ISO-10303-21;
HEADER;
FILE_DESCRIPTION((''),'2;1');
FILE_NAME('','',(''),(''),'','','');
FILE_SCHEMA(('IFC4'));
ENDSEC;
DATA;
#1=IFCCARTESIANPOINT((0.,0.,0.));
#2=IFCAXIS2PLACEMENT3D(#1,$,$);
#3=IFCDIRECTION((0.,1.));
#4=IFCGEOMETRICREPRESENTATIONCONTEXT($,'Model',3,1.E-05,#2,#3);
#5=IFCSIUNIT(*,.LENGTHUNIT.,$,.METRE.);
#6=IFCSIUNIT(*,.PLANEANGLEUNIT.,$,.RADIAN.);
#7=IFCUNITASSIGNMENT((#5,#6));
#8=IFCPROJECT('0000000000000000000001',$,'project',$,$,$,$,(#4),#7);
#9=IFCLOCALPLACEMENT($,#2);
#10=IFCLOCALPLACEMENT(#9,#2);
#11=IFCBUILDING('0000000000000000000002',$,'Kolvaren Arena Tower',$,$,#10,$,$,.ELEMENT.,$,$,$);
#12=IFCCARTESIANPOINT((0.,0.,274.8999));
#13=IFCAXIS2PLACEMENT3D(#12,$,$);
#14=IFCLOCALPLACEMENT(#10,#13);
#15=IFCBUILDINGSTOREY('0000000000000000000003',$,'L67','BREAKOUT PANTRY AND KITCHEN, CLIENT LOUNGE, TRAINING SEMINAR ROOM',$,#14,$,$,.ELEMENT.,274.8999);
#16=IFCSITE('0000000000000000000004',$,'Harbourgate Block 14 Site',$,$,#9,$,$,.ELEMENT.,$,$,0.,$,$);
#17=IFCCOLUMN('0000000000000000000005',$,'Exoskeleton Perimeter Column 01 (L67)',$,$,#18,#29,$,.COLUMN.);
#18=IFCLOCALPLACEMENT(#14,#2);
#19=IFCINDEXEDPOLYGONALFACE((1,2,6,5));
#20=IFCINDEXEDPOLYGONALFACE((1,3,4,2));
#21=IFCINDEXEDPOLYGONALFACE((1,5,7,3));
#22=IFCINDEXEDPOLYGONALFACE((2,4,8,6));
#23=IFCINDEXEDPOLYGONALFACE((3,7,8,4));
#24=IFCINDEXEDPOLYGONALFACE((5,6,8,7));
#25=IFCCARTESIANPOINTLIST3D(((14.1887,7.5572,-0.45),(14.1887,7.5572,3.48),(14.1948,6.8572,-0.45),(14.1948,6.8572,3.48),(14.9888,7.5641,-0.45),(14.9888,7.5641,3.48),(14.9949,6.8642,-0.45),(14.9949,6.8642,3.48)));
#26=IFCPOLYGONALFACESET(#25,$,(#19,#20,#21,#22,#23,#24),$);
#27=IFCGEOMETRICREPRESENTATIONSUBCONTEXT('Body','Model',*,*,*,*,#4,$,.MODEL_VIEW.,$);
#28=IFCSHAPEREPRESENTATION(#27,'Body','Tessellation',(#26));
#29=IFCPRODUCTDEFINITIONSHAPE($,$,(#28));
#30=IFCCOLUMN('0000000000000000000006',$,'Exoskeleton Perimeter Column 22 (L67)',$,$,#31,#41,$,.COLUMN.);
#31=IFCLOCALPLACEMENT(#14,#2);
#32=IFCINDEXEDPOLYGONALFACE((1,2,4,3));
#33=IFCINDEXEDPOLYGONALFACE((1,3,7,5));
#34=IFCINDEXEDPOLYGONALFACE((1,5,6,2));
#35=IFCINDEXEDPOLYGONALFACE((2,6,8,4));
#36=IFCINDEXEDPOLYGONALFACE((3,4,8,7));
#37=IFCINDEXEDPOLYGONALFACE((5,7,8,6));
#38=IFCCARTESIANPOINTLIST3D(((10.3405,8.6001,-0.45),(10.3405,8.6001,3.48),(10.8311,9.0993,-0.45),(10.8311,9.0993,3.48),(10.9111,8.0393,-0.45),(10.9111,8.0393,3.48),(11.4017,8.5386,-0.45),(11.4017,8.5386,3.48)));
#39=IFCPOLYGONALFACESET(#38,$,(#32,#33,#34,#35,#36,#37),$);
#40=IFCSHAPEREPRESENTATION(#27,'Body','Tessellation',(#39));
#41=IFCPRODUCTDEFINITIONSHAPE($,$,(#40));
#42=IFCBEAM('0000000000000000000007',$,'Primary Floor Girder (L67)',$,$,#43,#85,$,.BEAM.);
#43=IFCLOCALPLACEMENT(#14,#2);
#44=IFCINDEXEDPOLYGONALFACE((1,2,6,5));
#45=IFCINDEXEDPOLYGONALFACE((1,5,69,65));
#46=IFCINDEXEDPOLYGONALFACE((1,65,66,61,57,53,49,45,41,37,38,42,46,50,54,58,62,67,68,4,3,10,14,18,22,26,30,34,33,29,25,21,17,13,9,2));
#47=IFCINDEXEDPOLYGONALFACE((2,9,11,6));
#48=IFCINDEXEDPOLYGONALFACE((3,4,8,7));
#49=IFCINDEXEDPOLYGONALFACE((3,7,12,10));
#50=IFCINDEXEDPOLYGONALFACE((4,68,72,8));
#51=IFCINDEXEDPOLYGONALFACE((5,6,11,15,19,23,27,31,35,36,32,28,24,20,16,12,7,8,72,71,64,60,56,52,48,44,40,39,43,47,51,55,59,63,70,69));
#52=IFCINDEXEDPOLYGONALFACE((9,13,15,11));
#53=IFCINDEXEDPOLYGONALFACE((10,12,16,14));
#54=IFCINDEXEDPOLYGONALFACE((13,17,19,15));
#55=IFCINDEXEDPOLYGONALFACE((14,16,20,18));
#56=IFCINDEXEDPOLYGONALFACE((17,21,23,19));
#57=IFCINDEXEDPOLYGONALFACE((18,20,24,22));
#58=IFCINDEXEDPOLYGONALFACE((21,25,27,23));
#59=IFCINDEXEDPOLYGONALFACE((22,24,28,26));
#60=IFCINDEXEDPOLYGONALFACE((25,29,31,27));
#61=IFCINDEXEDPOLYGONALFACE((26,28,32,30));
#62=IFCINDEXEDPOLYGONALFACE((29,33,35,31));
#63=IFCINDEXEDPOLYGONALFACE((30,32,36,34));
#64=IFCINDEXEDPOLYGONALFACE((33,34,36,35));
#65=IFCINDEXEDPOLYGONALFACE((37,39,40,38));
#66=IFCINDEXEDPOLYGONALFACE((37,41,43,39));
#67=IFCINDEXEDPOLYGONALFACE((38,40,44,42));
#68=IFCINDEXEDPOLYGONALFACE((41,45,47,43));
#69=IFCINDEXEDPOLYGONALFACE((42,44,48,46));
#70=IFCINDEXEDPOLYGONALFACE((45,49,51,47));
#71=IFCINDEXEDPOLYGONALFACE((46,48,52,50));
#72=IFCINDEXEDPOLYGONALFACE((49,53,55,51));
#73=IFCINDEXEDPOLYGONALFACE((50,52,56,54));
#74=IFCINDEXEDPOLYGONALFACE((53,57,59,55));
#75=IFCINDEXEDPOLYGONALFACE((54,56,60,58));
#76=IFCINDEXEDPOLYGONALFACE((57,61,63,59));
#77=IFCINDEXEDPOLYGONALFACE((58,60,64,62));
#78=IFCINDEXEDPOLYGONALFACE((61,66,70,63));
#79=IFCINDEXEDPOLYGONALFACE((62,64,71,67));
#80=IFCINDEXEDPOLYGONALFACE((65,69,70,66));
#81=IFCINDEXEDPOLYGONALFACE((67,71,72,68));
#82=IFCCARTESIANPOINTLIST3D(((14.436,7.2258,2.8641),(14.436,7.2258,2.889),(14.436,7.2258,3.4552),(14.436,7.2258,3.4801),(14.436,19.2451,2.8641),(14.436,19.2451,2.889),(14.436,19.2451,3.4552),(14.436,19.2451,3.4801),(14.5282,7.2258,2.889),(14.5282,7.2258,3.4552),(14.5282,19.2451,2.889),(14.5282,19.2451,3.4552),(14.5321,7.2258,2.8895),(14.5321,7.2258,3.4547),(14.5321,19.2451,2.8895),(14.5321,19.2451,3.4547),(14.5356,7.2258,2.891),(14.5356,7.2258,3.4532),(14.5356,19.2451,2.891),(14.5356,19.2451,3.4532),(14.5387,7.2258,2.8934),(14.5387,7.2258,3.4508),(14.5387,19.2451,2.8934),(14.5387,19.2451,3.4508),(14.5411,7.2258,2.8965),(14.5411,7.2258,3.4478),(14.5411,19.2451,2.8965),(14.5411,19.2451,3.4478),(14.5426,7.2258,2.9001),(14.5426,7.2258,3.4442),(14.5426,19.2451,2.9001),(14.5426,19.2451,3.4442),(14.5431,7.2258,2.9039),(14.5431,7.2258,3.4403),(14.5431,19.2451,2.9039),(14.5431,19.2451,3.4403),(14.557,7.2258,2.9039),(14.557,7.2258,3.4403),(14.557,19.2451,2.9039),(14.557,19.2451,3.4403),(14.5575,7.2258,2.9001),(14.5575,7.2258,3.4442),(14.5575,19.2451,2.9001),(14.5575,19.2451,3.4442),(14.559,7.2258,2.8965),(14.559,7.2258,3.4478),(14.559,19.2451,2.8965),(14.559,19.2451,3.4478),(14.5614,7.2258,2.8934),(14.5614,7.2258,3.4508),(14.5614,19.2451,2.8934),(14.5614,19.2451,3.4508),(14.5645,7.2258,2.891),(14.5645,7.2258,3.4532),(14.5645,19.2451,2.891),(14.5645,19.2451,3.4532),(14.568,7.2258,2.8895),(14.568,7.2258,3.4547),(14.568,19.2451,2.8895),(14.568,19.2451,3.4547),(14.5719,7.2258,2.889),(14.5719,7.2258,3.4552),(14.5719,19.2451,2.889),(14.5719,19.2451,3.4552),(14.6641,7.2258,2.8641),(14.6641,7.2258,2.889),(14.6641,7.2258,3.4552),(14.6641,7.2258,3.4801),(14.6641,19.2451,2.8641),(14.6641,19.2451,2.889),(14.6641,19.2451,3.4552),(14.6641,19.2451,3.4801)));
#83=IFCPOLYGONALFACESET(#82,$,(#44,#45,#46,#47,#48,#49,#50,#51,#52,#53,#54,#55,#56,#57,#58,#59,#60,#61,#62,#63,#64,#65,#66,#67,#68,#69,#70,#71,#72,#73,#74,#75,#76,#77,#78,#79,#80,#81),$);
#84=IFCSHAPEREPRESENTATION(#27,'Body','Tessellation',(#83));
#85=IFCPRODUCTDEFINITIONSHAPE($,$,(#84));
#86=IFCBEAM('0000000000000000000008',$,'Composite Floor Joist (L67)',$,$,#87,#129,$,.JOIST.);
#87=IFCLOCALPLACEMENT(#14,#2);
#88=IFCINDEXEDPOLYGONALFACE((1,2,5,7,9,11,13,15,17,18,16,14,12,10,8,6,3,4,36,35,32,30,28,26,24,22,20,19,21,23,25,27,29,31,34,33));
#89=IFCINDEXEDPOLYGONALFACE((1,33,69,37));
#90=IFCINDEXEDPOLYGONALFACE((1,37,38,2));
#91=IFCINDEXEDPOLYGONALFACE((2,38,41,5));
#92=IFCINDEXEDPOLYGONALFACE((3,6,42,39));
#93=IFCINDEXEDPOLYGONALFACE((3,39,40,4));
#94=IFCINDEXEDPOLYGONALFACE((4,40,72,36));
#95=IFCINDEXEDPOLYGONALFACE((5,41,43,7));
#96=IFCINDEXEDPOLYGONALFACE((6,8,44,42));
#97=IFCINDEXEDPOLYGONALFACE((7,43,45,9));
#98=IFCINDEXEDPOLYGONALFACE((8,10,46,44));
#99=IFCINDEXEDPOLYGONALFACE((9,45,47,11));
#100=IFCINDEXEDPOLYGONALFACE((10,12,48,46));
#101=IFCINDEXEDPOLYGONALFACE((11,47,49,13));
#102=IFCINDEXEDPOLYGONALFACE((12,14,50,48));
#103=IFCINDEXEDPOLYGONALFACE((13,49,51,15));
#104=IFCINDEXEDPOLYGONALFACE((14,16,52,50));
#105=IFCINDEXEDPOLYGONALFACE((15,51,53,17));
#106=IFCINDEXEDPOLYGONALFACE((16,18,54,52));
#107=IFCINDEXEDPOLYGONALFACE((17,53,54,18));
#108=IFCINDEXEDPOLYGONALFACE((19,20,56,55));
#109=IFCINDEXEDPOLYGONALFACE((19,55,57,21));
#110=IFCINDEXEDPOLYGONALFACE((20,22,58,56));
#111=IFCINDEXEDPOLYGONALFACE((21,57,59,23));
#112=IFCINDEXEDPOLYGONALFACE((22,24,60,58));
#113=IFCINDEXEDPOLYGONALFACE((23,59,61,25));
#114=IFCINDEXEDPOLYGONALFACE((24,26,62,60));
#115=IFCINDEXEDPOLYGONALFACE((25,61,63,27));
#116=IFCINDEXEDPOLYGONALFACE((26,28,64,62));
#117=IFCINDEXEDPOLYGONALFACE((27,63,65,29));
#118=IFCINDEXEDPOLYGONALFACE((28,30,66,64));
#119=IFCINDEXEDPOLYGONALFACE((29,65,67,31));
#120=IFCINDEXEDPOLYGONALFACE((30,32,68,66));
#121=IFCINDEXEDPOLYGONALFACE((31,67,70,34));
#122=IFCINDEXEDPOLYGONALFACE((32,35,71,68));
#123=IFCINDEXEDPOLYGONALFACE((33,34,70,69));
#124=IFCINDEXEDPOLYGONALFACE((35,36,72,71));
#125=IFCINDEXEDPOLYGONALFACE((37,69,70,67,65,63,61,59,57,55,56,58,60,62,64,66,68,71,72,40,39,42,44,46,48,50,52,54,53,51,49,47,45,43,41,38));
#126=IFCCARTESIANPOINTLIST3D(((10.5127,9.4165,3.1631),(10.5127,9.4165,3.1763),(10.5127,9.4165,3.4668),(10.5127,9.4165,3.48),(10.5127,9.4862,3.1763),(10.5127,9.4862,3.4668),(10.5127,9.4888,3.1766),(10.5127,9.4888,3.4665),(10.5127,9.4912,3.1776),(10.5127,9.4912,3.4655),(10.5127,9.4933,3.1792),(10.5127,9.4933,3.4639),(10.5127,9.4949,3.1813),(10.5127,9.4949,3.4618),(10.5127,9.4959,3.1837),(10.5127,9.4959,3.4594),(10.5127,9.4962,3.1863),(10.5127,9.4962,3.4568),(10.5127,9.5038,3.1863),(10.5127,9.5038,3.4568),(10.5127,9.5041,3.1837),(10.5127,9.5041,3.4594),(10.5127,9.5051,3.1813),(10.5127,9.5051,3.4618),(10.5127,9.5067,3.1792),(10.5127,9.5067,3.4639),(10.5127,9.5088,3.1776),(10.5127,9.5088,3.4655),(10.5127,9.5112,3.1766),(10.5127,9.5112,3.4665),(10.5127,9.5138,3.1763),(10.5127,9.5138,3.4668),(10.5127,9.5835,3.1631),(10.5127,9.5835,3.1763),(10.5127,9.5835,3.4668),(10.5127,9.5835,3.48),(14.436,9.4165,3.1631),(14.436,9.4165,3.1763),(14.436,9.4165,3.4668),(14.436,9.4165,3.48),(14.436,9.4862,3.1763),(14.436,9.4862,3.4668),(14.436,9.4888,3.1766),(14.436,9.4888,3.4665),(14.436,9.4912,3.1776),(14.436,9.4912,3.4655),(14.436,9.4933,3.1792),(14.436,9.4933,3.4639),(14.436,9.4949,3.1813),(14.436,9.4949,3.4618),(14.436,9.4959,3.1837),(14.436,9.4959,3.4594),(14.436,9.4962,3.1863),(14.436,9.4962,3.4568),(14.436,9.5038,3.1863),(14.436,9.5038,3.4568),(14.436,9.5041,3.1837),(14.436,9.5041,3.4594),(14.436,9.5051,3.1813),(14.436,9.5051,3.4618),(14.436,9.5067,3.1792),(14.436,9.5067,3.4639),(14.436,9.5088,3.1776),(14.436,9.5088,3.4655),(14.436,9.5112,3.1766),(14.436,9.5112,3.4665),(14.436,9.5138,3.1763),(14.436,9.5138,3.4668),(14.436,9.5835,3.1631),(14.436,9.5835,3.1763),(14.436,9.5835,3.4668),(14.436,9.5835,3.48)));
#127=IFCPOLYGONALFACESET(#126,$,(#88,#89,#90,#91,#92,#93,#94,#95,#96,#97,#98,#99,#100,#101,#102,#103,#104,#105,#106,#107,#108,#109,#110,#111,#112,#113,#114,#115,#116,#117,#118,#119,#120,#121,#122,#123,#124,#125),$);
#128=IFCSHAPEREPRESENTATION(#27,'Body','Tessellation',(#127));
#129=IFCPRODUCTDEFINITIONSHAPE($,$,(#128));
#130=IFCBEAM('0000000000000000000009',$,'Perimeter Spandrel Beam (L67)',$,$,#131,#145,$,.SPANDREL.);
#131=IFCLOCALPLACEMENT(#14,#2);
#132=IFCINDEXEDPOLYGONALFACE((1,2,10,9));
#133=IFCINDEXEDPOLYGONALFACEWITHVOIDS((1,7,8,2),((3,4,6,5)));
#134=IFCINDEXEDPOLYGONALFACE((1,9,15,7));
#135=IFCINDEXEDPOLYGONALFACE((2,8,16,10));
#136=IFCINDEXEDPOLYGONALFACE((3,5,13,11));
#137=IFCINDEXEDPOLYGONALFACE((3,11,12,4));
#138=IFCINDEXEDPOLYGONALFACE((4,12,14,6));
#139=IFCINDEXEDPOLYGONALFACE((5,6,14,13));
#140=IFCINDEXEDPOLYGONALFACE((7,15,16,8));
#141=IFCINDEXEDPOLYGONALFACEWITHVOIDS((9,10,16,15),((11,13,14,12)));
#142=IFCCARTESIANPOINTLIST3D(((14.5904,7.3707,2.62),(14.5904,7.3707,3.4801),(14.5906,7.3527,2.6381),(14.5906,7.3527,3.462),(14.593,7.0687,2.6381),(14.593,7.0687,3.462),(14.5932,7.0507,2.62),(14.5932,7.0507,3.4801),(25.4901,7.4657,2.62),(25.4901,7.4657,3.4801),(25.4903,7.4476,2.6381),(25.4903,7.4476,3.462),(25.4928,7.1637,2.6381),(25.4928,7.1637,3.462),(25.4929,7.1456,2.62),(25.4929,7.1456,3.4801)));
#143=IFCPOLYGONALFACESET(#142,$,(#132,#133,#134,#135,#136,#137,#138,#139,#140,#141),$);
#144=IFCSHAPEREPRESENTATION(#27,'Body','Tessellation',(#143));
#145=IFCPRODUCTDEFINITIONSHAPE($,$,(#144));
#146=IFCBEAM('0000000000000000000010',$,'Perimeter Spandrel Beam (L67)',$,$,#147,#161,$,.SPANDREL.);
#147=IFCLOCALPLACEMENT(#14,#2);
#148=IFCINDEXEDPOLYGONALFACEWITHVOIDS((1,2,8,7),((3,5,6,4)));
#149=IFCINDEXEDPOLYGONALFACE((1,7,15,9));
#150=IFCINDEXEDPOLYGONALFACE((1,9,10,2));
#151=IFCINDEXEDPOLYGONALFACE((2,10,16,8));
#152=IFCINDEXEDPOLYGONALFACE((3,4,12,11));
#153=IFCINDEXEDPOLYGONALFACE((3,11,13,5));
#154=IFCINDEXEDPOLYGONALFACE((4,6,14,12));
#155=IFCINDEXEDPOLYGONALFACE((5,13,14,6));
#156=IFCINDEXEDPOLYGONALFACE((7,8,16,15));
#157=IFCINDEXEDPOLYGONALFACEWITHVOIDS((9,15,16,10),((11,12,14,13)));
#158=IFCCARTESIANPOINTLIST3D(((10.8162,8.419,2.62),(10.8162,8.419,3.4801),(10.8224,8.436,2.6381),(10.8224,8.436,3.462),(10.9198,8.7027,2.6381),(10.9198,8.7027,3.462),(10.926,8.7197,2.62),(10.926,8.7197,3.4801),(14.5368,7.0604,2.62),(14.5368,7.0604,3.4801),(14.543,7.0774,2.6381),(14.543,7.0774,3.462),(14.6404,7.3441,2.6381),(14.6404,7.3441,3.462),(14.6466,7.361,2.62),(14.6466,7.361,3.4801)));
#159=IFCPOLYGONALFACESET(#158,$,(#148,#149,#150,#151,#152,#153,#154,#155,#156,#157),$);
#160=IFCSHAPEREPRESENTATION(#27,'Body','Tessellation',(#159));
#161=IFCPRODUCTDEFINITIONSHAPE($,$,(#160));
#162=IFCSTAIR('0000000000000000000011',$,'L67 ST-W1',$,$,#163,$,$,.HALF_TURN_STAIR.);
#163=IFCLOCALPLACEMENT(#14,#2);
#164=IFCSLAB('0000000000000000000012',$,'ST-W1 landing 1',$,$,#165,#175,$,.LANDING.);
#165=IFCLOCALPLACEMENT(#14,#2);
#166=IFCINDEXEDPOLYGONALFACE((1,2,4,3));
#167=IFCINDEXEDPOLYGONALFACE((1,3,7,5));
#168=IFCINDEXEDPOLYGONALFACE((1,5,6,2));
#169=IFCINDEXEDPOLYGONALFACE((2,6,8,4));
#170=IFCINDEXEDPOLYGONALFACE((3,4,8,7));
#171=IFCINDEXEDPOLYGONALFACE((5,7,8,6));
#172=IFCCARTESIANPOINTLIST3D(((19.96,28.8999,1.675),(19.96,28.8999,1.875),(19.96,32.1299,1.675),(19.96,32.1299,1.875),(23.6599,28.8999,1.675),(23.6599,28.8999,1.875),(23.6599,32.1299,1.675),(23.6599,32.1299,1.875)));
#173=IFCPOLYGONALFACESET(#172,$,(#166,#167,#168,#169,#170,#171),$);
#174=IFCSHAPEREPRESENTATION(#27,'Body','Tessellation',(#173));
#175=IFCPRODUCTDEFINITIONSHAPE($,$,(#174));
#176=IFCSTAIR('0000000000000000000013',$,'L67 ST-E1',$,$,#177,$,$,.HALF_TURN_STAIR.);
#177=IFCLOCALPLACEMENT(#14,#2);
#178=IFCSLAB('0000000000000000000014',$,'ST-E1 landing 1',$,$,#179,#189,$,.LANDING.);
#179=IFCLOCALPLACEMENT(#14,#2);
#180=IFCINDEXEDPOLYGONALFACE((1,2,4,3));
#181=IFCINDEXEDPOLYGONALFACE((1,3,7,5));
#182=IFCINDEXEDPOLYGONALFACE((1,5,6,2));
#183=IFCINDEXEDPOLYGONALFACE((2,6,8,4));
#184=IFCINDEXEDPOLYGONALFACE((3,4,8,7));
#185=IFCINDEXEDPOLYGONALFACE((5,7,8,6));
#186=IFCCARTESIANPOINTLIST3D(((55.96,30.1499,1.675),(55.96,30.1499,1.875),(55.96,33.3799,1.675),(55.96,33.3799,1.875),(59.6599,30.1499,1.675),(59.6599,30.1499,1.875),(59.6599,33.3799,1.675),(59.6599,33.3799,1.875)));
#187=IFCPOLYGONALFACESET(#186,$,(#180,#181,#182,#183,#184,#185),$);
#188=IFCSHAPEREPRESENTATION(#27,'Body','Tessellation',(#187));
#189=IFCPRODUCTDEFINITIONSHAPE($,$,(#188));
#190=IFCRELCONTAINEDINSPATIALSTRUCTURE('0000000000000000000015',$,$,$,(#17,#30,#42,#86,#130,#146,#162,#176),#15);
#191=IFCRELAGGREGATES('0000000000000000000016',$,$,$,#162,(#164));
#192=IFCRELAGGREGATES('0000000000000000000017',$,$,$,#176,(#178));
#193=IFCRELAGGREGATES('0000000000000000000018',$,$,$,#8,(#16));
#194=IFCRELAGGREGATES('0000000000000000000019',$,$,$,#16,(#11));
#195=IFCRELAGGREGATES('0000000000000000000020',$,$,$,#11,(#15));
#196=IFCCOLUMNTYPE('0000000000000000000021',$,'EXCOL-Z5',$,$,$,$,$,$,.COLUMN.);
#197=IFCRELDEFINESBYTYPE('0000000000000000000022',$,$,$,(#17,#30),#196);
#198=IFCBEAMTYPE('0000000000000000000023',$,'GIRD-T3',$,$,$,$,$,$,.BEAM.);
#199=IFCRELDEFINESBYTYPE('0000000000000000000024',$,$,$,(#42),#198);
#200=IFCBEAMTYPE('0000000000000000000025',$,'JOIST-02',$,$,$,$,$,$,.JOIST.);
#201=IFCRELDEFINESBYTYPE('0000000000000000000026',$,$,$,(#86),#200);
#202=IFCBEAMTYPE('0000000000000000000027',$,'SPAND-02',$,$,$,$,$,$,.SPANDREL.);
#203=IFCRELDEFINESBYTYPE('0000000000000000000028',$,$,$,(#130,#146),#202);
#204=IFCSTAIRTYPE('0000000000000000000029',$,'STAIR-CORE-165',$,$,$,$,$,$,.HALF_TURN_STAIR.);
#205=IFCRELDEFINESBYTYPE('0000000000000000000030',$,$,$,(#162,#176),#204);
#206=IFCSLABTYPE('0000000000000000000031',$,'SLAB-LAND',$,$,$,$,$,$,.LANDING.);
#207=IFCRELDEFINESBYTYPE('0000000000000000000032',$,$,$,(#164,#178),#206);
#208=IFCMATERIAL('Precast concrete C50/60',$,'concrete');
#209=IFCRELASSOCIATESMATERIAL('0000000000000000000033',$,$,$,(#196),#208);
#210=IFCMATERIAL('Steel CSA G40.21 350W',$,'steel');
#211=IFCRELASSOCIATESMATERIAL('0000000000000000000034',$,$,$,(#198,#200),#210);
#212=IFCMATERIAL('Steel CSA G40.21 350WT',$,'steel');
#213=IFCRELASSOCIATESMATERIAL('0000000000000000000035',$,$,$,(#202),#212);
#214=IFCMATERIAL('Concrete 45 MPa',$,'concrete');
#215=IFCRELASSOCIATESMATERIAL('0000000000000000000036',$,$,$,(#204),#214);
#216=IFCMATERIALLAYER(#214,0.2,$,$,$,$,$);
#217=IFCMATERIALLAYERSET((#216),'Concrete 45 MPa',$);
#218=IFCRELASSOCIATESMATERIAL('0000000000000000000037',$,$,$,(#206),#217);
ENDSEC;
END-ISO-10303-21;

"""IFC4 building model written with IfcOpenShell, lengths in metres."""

from ifc_helpers import new_model, si_unit, direction, frame, origin, origin_2d, place, context, subcontext, project, spatial, polyline, rectangle, hollow_rectangle, i_section, outline, extrude, material, layer, layer_set, material_profile, profile_set, type_object, element, aggregate, save


model = new_model("IFC4")

# Units and contexts
model_context = context("Model", 3, precision=1e-05, world=origin(), true_north=direction((0.0, 1.0)))
body_context = subcontext(model_context, "Body", "Model", "MODEL_VIEW")
ifc_project = project(units=[si_unit("LENGTHUNIT", "METRE"), si_unit("PLANEANGLEUNIT", "RADIAN")], contexts=[model_context])

# Site, building, storey
site_placement = place(None, origin())
site = spatial("IfcSite", under=ifc_project, at=site_placement, Name="Harbourgate Block 14 Site", CompositionType="ELEMENT", RefElevation=0.0)
building_placement = place(site_placement, origin())
building = spatial("IfcBuilding", under=site, at=building_placement, Name="Kolvaren Arena Tower", CompositionType="ELEMENT")
storey_placement = place(building_placement, frame((0.0, 0.0, 274.8999)))
storey = spatial("IfcBuildingStorey", under=building, at=storey_placement, Name="L67", Description="BREAKOUT PANTRY AND KITCHEN, CLIENT LOUNGE, TRAINING SEMINAR ROOM", CompositionType="ELEMENT", Elevation=274.8999)

# Columns
ifc_material_1 = material(Name="Precast concrete C50/60", Category="concrete")
ifc_material_profile_1 = material_profile(ifc_material_1, rectangle(XDim=0.8, YDim=0.7, at=origin_2d()), Name="RC-800x700")
ifc_profile_set_1 = profile_set([ifc_material_profile_1], Name="Precast concrete C50/60")
column_type = type_object("IfcColumnType", Name="EXCOL-Z5", PredefinedType="COLUMN", material=ifc_profile_set_1)
for number, where, z_axis, x_axis, name in (
    (1, (14.5918, 7.2107, -0.45), (0.0, 0.0, 1.0), (0.999962, 0.008727, 0.0), "Exoskeleton Perimeter Column 01 (L67)"),
    (2, (10.8711, 8.5693, -0.45), (0.0, 0.0, 1.0), (-0.71325, 0.700909, 0.0), "Exoskeleton Perimeter Column 22 (L67)"),
):
    element("IfcColumn", number, at=place(storey_placement, frame(where, z_axis=z_axis, x_axis=x_axis)), inside=storey, type_object=column_type, Name=name, PredefinedType="COLUMN", context=body_context, shape_type="SweptSolid", body=[
        extrude(rectangle(XDim=0.8, YDim=0.7, at=origin_2d()), origin(), (0.0, 0.0, 1.0), 3.9299),
    ])

# Beams
ifc_material_2 = material(Name="Steel CSA G40.21 350W", Category="steel")
ifc_material_profile_2 = material_profile(ifc_material_2, i_section(OverallWidth=0.228, OverallDepth=0.616, WebThickness=0.0139, FlangeThickness=0.0249, FilletRadius=0.0149, at=origin_2d()), Name="W610x174")
ifc_profile_set_2 = profile_set([ifc_material_profile_2], Name="Steel CSA G40.21 350W")
beam_type_1 = type_object("IfcBeamType", Name="GIRD-T3", PredefinedType="BEAM", material=ifc_profile_set_2)
beam_1_placement = place(storey_placement, frame((14.55, 7.2258, 3.1721), z_axis=(0.0, 1.0, 0.0), x_axis=(-1.0, 0.0, 0.0)))
element("IfcBeam", 3, at=beam_1_placement, inside=storey, type_object=beam_type_1, Name="Primary Floor Girder (L67)", PredefinedType="BEAM", context=body_context, shape_type="SweptSolid", body=[
    extrude(i_section(OverallWidth=0.228, OverallDepth=0.616, WebThickness=0.0139, FlangeThickness=0.0249, FilletRadius=0.0149, at=origin_2d()), origin(), (0.0, 0.0, 1.0), 12.0193),
])
ifc_material_profile_3 = material_profile(ifc_material_2, i_section(OverallWidth=0.167, OverallDepth=0.3169, WebThickness=0.0076, FlangeThickness=0.0132, FilletRadius=0.01, at=origin_2d()), Name="W310x52")
ifc_profile_set_3 = profile_set([ifc_material_profile_3], Name="Steel CSA G40.21 350W")
beam_type_2 = type_object("IfcBeamType", Name="JOIST-02", PredefinedType="JOIST", material=ifc_profile_set_3)
beam_2_placement = place(storey_placement, frame((10.5127, 9.5, 3.3215), z_axis=(1.0, 0.0, 0.0), x_axis=(0.0, 1.0, 0.0)))
element("IfcBeam", 4, at=beam_2_placement, inside=storey, type_object=beam_type_2, Name="Composite Floor Joist (L67)", PredefinedType="JOIST", context=body_context, shape_type="SweptSolid", body=[
    extrude(i_section(OverallWidth=0.167, OverallDepth=0.3169, WebThickness=0.0076, FlangeThickness=0.0132, FilletRadius=0.01, at=origin_2d()), origin(), (0.0, 0.0, 1.0), 3.9233),
])
ifc_material_3 = material(Name="Steel CSA G40.21 350WT", Category="steel")
ifc_material_profile_4 = material_profile(ifc_material_3, hollow_rectangle(XDim=0.3201, YDim=0.8601, WallThickness=0.0181, at=origin_2d()), Name="HSS 860x320x18")
ifc_profile_set_4 = profile_set([ifc_material_profile_4], Name="Steel CSA G40.21 350WT")
beam_type_3 = type_object("IfcBeamType", Name="SPAND-02", PredefinedType="SPANDREL", material=ifc_profile_set_4)
beam_3_placement = place(storey_placement, frame((14.5918, 7.2107, 3.05), z_axis=(0.999962, 0.008713, 0.0), x_axis=(-0.008713, 0.999962, 0.0)))
element("IfcBeam", 5, at=beam_3_placement, inside=storey, type_object=beam_type_3, Name="Perimeter Spandrel Beam (L67)", PredefinedType="SPANDREL", context=body_context, shape_type="SweptSolid", body=[
    extrude(hollow_rectangle(XDim=0.3201, YDim=0.8601, WallThickness=0.0181, at=origin_2d()), origin(), (0.0, 0.0, 1.0), 10.9001),
])
beam_4_placement = place(storey_placement, frame((10.8711, 8.5693, 3.05), z_axis=(0.939334, -0.343005, 0.0), x_axis=(0.343005, 0.939334, 0.0)))
element("IfcBeam", 6, at=beam_4_placement, inside=storey, type_object=beam_type_3, Name="Perimeter Spandrel Beam (L67)", PredefinedType="SPANDREL", context=body_context, shape_type="SweptSolid", body=[
    extrude(hollow_rectangle(XDim=0.3201, YDim=0.8601, WallThickness=0.0181, at=origin_2d()), origin(), (0.0, 0.0, 1.0), 3.9609),
])

# Stairs, slabs
ifc_material_4 = material(Name="Concrete 45 MPa", Category="concrete")
stair_type_1 = type_object("IfcStairType", Name="STAIR-CORE-165", PredefinedType="HALF_TURN_STAIR", material=ifc_material_4)
stair_1_placement = place(storey_placement, origin())
stair_1 = element("IfcStair", 7, at=stair_1_placement, inside=storey, type_object=stair_type_1, Name="L67 ST-W1", PredefinedType="HALF_TURN_STAIR")
ifc_layer_1 = layer(ifc_material_4, 0.2)
ifc_layer_set_1 = layer_set([ifc_layer_1], Name="Concrete 45 MPa")
slab_type_1 = type_object("IfcSlabType", Name="SLAB-LAND", PredefinedType="LANDING", material=ifc_layer_set_1)
slab_1_placement = place(storey_placement, frame((0.0, 0.0, 1.675)))
slab_1 = element("IfcSlab", 8, at=slab_1_placement, type_object=slab_type_1, Name="ST-W1 landing 1", PredefinedType="LANDING", context=body_context, shape_type="SweptSolid", body=[
    extrude(outline(polyline([(19.96, 28.8999), (23.6599, 28.8999), (23.6599, 32.1299), (19.96, 32.1299), (19.96, 28.8999)])), origin(), (0.0, 0.0, 1.0), 0.2),
])
aggregate(stair_1, [slab_1])
stair_2_placement = place(storey_placement, origin())
stair_2 = element("IfcStair", 9, at=stair_2_placement, inside=storey, type_object=stair_type_1, Name="L67 ST-E1", PredefinedType="HALF_TURN_STAIR")
slab_2_placement = place(storey_placement, frame((0.0, 0.0, 1.675)))
slab_2 = element("IfcSlab", 10, at=slab_2_placement, type_object=slab_type_1, Name="ST-E1 landing 1", PredefinedType="LANDING", context=body_context, shape_type="SweptSolid", body=[
    extrude(outline(polyline([(55.96, 30.1499), (59.6599, 30.1499), (59.6599, 33.3799), (55.96, 33.3799), (55.96, 30.1499)])), origin(), (0.0, 0.0, 1.0), 0.2),
])
aggregate(stair_2, [slab_2])

save(model, "model.ifc")
